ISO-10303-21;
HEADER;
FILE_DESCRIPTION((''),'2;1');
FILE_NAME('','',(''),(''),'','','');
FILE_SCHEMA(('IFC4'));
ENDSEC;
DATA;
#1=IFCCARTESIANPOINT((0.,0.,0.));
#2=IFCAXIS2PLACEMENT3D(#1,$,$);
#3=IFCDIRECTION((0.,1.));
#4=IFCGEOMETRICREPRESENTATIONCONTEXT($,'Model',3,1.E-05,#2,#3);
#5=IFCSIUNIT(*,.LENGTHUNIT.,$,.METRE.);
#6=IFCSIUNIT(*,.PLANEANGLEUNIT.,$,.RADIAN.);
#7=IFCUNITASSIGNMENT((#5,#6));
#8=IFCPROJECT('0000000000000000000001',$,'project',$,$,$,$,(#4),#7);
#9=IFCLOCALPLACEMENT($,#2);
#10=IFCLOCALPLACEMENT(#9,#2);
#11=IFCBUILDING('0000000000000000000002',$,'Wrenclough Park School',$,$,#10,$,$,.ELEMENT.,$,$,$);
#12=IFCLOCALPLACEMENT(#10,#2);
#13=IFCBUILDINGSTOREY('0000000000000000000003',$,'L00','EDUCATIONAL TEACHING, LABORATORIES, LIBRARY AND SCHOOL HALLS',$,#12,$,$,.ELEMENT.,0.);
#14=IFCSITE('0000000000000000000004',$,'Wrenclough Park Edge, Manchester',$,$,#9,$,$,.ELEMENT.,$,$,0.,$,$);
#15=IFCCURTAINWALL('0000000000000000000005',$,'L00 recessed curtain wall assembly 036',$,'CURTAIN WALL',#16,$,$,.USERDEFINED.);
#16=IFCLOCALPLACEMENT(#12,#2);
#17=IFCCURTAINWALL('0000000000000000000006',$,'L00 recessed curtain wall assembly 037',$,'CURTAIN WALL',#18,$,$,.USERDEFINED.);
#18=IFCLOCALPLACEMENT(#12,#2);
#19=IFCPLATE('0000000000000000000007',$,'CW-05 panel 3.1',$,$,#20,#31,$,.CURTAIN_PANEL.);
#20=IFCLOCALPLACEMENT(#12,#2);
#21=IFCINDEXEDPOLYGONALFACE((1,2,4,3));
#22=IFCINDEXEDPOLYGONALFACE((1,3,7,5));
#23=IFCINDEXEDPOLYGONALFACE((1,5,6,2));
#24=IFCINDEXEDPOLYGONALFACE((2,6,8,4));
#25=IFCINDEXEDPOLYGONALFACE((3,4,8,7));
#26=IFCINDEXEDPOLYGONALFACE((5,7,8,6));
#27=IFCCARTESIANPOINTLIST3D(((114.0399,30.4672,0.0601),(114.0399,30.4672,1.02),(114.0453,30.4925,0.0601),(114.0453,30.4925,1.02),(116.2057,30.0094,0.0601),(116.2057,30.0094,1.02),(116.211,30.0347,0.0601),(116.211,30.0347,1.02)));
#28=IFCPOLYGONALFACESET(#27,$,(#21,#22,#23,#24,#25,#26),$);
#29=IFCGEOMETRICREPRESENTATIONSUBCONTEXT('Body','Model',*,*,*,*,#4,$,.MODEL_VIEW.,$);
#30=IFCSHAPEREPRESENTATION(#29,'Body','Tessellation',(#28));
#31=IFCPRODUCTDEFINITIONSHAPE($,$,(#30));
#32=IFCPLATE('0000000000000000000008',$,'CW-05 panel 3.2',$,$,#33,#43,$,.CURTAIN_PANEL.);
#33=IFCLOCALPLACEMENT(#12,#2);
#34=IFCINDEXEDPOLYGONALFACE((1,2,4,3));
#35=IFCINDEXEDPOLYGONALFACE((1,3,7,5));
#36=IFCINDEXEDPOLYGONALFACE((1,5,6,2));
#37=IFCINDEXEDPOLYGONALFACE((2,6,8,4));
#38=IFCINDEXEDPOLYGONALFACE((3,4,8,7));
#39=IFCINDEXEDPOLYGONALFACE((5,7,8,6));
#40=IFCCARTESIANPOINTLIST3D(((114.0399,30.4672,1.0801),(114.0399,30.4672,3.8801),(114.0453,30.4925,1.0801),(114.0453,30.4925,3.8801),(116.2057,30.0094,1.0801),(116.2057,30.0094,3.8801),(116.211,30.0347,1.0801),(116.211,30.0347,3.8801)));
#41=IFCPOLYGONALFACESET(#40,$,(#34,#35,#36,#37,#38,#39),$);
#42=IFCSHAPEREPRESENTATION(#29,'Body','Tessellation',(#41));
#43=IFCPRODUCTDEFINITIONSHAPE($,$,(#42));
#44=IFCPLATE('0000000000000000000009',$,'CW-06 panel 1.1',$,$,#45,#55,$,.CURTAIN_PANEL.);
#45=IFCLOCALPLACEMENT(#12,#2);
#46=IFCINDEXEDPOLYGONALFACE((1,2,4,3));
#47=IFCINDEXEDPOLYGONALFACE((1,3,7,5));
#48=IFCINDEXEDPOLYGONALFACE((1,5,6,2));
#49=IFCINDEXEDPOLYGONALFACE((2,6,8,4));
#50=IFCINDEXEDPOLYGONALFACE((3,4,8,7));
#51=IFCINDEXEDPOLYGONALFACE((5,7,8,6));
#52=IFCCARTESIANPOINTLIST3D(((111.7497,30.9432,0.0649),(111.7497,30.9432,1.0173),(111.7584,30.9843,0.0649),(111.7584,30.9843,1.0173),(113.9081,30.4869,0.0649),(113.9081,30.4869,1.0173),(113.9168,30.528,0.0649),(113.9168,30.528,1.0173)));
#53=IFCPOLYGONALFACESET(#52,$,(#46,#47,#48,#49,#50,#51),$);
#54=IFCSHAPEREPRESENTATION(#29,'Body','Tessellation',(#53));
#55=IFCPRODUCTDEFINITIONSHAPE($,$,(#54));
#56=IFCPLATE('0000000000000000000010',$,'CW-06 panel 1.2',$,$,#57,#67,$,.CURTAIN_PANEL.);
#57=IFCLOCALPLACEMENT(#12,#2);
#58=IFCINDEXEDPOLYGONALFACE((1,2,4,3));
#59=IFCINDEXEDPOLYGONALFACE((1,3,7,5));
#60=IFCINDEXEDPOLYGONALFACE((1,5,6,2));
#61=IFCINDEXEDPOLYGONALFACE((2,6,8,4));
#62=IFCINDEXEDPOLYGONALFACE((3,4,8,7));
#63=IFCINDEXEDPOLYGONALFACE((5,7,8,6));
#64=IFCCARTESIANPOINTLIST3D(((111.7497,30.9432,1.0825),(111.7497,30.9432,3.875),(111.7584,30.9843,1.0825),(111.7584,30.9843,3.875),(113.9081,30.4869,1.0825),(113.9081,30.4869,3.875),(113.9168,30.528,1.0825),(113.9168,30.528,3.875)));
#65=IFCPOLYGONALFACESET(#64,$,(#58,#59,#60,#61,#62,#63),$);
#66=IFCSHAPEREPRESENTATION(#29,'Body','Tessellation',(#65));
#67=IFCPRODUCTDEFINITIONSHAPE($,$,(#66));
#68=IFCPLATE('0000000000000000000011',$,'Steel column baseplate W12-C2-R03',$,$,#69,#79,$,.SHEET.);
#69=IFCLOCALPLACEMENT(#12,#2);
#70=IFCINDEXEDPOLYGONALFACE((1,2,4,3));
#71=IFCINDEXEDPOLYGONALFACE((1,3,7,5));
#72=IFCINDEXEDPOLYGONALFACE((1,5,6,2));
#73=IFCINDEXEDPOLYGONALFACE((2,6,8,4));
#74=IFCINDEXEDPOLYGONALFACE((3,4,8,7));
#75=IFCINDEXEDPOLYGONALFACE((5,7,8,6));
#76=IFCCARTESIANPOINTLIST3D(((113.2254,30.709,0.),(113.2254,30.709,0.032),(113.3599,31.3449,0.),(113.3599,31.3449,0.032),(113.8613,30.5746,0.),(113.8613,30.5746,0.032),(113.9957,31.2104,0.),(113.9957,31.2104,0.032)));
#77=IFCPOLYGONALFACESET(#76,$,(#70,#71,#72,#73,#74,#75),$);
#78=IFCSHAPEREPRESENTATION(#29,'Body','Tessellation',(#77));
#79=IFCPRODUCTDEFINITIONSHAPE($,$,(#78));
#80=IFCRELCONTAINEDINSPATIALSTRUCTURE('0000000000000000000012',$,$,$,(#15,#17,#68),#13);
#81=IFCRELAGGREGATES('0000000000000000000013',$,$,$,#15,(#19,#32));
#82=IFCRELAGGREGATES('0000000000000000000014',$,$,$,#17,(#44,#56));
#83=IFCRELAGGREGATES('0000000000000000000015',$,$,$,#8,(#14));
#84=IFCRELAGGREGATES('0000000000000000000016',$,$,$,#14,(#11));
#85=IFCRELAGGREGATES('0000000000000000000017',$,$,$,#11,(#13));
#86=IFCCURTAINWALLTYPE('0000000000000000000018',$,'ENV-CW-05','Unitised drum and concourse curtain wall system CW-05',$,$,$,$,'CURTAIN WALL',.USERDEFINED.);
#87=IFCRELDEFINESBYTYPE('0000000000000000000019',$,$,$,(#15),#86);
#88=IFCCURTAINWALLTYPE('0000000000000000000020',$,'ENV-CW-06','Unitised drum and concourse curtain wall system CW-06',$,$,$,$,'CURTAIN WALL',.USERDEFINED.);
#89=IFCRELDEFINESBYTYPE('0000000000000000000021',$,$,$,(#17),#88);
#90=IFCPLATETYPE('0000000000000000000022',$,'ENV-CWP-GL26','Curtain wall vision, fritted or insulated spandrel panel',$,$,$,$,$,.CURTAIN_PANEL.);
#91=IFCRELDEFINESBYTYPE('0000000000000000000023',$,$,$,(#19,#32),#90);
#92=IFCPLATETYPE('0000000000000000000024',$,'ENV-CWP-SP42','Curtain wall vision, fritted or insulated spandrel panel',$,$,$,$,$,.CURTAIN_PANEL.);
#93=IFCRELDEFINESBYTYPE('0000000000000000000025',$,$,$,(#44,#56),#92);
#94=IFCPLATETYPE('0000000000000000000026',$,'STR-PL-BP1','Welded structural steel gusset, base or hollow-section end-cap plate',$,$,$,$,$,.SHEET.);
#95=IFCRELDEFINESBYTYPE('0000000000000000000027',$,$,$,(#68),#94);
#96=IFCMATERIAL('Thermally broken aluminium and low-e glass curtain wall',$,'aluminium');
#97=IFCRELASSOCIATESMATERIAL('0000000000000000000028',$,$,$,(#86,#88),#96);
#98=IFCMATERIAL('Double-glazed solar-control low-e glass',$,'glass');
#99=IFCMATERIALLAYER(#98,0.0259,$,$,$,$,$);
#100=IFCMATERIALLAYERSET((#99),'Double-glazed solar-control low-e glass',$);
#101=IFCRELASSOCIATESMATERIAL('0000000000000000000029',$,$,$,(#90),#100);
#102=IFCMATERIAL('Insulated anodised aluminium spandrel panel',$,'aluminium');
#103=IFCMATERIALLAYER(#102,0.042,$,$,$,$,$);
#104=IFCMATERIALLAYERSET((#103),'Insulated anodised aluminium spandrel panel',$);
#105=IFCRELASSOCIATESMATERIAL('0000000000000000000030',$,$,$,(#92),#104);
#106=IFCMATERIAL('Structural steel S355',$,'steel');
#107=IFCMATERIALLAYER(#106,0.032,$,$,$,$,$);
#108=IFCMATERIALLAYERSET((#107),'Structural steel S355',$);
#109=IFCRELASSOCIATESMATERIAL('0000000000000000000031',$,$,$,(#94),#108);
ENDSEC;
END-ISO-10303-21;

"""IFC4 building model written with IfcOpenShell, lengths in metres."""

from ifc_helpers import new_model, si_unit, direction, frame, origin, origin_2d, place, context, subcontext, project, spatial, rectangle, extrude, material, layer, layer_set, type_object, element, aggregate, save


model = new_model("IFC4")

# Units and contexts
model_context = context("Model", 3, precision=1e-05, world=origin(), true_north=direction((0.0, 1.0)))
body_context = subcontext(model_context, "Body", "Model", "MODEL_VIEW")
ifc_project = project(units=[si_unit("LENGTHUNIT", "METRE"), si_unit("PLANEANGLEUNIT", "RADIAN")], contexts=[model_context])

# Site, building, storey
site_placement = place(None, origin())
site = spatial("IfcSite", under=ifc_project, at=site_placement, Name="Wrenclough Park Edge, Manchester", CompositionType="ELEMENT", RefElevation=0.0)
building_placement = place(site_placement, origin())
building = spatial("IfcBuilding", under=site, at=building_placement, Name="Wrenclough Park School", CompositionType="ELEMENT")
storey_placement = place(building_placement, origin())
storey = spatial("IfcBuildingStorey", under=building, at=storey_placement, Name="L00", Description="EDUCATIONAL TEACHING, LABORATORIES, LIBRARY AND SCHOOL HALLS", CompositionType="ELEMENT", Elevation=0.0)

# Shared definitions
ifc_material_1 = material(Name="Structural steel S355", Category="steel")

# Curtain walls
ifc_material_2 = material(Name="Thermally broken aluminium and low-e glass curtain wall", Category="aluminium")
curtain_wall_type_1 = type_object("IfcCurtainWallType", Name="ENV-CW-05", Description="Unitised drum and concourse curtain wall system CW-05", ElementType="CURTAIN WALL", PredefinedType="USERDEFINED", material=ifc_material_2)
curtain_wall_1_placement = place(storey_placement, origin())
curtain_wall_1 = element("IfcCurtainWall", 1, at=curtain_wall_1_placement, inside=storey, type_object=curtain_wall_type_1, Name="L00 recessed curtain wall assembly 036", ObjectType="CURTAIN WALL", PredefinedType="USERDEFINED")
curtain_wall_type_2 = type_object("IfcCurtainWallType", Name="ENV-CW-06", Description="Unitised drum and concourse curtain wall system CW-06", ElementType="CURTAIN WALL", PredefinedType="USERDEFINED", material=ifc_material_2)
curtain_wall_2_placement = place(storey_placement, origin())
curtain_wall_2 = element("IfcCurtainWall", 2, at=curtain_wall_2_placement, inside=storey, type_object=curtain_wall_type_2, Name="L00 recessed curtain wall assembly 037", ObjectType="CURTAIN WALL", PredefinedType="USERDEFINED")

# Plates
ifc_material_3 = material(Name="Double-glazed solar-control low-e glass", Category="glass")
ifc_layer_1 = layer(ifc_material_3, 0.0259)
ifc_layer_set_1 = layer_set([ifc_layer_1], Name="Double-glazed solar-control low-e glass")
plate_type_1 = type_object("IfcPlateType", Name="ENV-CWP-GL26", Description="Curtain wall vision, fritted or insulated spandrel panel", PredefinedType="CURTAIN_PANEL", material=ifc_layer_set_1)
plate_1_placement = place(storey_placement, frame((115.1255, 30.251, 0.0601), z_axis=(0.0, 0.0, 1.0), x_axis=(-0.97838, 0.206815, 0.0)))
plate_1 = element("IfcPlate", 3, at=plate_1_placement, type_object=plate_type_1, Name="CW-05 panel 3.1", PredefinedType="CURTAIN_PANEL", context=body_context, shape_type="SweptSolid", body=[
    extrude(rectangle(XDim=2.2136, YDim=0.0259, at=origin_2d()), origin(), (0.0, 0.0, 1.0), 0.96),
])
plate_2_placement = place(storey_placement, frame((115.1255, 30.251, 1.0801), z_axis=(0.0, 0.0, 1.0), x_axis=(-0.97838, 0.206815, 0.0)))
plate_2 = element("IfcPlate", 4, at=plate_2_placement, type_object=plate_type_1, Name="CW-05 panel 3.2", PredefinedType="CURTAIN_PANEL", context=body_context, shape_type="SweptSolid", body=[
    extrude(rectangle(XDim=2.2136, YDim=0.0259, at=origin_2d()), origin(), (0.0, 0.0, 1.0), 2.8),
])
aggregate(curtain_wall_1, [plate_1, plate_2])
ifc_material_4 = material(Name="Insulated anodised aluminium spandrel panel", Category="aluminium")
ifc_layer_2 = layer(ifc_material_4, 0.042)
ifc_layer_set_2 = layer_set([ifc_layer_2], Name="Insulated anodised aluminium spandrel panel")
plate_type_2 = type_object("IfcPlateType", Name="ENV-CWP-SP42", Description="Curtain wall vision, fritted or insulated spandrel panel", PredefinedType="CURTAIN_PANEL", material=ifc_layer_set_2)
plate_3_placement = place(storey_placement, frame((112.8333, 30.7356, 0.0649), z_axis=(0.0, 0.0, 1.0), x_axis=(-0.978379, 0.206818, 0.0)))
plate_3 = element("IfcPlate", 5, at=plate_3_placement, type_object=plate_type_2, Name="CW-06 panel 1.1", PredefinedType="CURTAIN_PANEL", context=body_context, shape_type="SweptSolid", body=[
    extrude(rectangle(XDim=2.2061, YDim=0.042, at=origin_2d()), origin(), (0.0, 0.0, 1.0), 0.9524),
])
plate_4_placement = place(storey_placement, frame((112.8333, 30.7356, 1.0825), z_axis=(0.0, 0.0, 1.0), x_axis=(-0.978379, 0.206818, 0.0)))
plate_4 = element("IfcPlate", 6, at=plate_4_placement, type_object=plate_type_2, Name="CW-06 panel 1.2", PredefinedType="CURTAIN_PANEL", context=body_context, shape_type="SweptSolid", body=[
    extrude(rectangle(XDim=2.2061, YDim=0.042, at=origin_2d()), origin(), (0.0, 0.0, 1.0), 2.7925),
])
aggregate(curtain_wall_2, [plate_3, plate_4])
ifc_layer_3 = layer(ifc_material_1, 0.032)
ifc_layer_set_3 = layer_set([ifc_layer_3], Name="Structural steel S355")
plate_type_3 = type_object("IfcPlateType", Name="STR-PL-BP1", Description="Welded structural steel gusset, base or hollow-section end-cap plate", PredefinedType="SHEET", material=ifc_layer_set_3)
plate_5_placement = place(storey_placement, frame((113.6106, 30.9597, 0.0), z_axis=(0.0, 0.0, 1.0), x_axis=(0.978365, -0.206887, 0.0)))
element("IfcPlate", 7, at=plate_5_placement, inside=storey, type_object=plate_type_3, Name="Steel column baseplate W12-C2-R03", PredefinedType="SHEET", context=body_context, shape_type="SweptSolid", body=[
    extrude(rectangle(XDim=0.6499, YDim=0.6499, at=origin_2d()), origin(), (0.0, 0.0, 1.0), 0.032),
])

save(model, "model.ifc")
